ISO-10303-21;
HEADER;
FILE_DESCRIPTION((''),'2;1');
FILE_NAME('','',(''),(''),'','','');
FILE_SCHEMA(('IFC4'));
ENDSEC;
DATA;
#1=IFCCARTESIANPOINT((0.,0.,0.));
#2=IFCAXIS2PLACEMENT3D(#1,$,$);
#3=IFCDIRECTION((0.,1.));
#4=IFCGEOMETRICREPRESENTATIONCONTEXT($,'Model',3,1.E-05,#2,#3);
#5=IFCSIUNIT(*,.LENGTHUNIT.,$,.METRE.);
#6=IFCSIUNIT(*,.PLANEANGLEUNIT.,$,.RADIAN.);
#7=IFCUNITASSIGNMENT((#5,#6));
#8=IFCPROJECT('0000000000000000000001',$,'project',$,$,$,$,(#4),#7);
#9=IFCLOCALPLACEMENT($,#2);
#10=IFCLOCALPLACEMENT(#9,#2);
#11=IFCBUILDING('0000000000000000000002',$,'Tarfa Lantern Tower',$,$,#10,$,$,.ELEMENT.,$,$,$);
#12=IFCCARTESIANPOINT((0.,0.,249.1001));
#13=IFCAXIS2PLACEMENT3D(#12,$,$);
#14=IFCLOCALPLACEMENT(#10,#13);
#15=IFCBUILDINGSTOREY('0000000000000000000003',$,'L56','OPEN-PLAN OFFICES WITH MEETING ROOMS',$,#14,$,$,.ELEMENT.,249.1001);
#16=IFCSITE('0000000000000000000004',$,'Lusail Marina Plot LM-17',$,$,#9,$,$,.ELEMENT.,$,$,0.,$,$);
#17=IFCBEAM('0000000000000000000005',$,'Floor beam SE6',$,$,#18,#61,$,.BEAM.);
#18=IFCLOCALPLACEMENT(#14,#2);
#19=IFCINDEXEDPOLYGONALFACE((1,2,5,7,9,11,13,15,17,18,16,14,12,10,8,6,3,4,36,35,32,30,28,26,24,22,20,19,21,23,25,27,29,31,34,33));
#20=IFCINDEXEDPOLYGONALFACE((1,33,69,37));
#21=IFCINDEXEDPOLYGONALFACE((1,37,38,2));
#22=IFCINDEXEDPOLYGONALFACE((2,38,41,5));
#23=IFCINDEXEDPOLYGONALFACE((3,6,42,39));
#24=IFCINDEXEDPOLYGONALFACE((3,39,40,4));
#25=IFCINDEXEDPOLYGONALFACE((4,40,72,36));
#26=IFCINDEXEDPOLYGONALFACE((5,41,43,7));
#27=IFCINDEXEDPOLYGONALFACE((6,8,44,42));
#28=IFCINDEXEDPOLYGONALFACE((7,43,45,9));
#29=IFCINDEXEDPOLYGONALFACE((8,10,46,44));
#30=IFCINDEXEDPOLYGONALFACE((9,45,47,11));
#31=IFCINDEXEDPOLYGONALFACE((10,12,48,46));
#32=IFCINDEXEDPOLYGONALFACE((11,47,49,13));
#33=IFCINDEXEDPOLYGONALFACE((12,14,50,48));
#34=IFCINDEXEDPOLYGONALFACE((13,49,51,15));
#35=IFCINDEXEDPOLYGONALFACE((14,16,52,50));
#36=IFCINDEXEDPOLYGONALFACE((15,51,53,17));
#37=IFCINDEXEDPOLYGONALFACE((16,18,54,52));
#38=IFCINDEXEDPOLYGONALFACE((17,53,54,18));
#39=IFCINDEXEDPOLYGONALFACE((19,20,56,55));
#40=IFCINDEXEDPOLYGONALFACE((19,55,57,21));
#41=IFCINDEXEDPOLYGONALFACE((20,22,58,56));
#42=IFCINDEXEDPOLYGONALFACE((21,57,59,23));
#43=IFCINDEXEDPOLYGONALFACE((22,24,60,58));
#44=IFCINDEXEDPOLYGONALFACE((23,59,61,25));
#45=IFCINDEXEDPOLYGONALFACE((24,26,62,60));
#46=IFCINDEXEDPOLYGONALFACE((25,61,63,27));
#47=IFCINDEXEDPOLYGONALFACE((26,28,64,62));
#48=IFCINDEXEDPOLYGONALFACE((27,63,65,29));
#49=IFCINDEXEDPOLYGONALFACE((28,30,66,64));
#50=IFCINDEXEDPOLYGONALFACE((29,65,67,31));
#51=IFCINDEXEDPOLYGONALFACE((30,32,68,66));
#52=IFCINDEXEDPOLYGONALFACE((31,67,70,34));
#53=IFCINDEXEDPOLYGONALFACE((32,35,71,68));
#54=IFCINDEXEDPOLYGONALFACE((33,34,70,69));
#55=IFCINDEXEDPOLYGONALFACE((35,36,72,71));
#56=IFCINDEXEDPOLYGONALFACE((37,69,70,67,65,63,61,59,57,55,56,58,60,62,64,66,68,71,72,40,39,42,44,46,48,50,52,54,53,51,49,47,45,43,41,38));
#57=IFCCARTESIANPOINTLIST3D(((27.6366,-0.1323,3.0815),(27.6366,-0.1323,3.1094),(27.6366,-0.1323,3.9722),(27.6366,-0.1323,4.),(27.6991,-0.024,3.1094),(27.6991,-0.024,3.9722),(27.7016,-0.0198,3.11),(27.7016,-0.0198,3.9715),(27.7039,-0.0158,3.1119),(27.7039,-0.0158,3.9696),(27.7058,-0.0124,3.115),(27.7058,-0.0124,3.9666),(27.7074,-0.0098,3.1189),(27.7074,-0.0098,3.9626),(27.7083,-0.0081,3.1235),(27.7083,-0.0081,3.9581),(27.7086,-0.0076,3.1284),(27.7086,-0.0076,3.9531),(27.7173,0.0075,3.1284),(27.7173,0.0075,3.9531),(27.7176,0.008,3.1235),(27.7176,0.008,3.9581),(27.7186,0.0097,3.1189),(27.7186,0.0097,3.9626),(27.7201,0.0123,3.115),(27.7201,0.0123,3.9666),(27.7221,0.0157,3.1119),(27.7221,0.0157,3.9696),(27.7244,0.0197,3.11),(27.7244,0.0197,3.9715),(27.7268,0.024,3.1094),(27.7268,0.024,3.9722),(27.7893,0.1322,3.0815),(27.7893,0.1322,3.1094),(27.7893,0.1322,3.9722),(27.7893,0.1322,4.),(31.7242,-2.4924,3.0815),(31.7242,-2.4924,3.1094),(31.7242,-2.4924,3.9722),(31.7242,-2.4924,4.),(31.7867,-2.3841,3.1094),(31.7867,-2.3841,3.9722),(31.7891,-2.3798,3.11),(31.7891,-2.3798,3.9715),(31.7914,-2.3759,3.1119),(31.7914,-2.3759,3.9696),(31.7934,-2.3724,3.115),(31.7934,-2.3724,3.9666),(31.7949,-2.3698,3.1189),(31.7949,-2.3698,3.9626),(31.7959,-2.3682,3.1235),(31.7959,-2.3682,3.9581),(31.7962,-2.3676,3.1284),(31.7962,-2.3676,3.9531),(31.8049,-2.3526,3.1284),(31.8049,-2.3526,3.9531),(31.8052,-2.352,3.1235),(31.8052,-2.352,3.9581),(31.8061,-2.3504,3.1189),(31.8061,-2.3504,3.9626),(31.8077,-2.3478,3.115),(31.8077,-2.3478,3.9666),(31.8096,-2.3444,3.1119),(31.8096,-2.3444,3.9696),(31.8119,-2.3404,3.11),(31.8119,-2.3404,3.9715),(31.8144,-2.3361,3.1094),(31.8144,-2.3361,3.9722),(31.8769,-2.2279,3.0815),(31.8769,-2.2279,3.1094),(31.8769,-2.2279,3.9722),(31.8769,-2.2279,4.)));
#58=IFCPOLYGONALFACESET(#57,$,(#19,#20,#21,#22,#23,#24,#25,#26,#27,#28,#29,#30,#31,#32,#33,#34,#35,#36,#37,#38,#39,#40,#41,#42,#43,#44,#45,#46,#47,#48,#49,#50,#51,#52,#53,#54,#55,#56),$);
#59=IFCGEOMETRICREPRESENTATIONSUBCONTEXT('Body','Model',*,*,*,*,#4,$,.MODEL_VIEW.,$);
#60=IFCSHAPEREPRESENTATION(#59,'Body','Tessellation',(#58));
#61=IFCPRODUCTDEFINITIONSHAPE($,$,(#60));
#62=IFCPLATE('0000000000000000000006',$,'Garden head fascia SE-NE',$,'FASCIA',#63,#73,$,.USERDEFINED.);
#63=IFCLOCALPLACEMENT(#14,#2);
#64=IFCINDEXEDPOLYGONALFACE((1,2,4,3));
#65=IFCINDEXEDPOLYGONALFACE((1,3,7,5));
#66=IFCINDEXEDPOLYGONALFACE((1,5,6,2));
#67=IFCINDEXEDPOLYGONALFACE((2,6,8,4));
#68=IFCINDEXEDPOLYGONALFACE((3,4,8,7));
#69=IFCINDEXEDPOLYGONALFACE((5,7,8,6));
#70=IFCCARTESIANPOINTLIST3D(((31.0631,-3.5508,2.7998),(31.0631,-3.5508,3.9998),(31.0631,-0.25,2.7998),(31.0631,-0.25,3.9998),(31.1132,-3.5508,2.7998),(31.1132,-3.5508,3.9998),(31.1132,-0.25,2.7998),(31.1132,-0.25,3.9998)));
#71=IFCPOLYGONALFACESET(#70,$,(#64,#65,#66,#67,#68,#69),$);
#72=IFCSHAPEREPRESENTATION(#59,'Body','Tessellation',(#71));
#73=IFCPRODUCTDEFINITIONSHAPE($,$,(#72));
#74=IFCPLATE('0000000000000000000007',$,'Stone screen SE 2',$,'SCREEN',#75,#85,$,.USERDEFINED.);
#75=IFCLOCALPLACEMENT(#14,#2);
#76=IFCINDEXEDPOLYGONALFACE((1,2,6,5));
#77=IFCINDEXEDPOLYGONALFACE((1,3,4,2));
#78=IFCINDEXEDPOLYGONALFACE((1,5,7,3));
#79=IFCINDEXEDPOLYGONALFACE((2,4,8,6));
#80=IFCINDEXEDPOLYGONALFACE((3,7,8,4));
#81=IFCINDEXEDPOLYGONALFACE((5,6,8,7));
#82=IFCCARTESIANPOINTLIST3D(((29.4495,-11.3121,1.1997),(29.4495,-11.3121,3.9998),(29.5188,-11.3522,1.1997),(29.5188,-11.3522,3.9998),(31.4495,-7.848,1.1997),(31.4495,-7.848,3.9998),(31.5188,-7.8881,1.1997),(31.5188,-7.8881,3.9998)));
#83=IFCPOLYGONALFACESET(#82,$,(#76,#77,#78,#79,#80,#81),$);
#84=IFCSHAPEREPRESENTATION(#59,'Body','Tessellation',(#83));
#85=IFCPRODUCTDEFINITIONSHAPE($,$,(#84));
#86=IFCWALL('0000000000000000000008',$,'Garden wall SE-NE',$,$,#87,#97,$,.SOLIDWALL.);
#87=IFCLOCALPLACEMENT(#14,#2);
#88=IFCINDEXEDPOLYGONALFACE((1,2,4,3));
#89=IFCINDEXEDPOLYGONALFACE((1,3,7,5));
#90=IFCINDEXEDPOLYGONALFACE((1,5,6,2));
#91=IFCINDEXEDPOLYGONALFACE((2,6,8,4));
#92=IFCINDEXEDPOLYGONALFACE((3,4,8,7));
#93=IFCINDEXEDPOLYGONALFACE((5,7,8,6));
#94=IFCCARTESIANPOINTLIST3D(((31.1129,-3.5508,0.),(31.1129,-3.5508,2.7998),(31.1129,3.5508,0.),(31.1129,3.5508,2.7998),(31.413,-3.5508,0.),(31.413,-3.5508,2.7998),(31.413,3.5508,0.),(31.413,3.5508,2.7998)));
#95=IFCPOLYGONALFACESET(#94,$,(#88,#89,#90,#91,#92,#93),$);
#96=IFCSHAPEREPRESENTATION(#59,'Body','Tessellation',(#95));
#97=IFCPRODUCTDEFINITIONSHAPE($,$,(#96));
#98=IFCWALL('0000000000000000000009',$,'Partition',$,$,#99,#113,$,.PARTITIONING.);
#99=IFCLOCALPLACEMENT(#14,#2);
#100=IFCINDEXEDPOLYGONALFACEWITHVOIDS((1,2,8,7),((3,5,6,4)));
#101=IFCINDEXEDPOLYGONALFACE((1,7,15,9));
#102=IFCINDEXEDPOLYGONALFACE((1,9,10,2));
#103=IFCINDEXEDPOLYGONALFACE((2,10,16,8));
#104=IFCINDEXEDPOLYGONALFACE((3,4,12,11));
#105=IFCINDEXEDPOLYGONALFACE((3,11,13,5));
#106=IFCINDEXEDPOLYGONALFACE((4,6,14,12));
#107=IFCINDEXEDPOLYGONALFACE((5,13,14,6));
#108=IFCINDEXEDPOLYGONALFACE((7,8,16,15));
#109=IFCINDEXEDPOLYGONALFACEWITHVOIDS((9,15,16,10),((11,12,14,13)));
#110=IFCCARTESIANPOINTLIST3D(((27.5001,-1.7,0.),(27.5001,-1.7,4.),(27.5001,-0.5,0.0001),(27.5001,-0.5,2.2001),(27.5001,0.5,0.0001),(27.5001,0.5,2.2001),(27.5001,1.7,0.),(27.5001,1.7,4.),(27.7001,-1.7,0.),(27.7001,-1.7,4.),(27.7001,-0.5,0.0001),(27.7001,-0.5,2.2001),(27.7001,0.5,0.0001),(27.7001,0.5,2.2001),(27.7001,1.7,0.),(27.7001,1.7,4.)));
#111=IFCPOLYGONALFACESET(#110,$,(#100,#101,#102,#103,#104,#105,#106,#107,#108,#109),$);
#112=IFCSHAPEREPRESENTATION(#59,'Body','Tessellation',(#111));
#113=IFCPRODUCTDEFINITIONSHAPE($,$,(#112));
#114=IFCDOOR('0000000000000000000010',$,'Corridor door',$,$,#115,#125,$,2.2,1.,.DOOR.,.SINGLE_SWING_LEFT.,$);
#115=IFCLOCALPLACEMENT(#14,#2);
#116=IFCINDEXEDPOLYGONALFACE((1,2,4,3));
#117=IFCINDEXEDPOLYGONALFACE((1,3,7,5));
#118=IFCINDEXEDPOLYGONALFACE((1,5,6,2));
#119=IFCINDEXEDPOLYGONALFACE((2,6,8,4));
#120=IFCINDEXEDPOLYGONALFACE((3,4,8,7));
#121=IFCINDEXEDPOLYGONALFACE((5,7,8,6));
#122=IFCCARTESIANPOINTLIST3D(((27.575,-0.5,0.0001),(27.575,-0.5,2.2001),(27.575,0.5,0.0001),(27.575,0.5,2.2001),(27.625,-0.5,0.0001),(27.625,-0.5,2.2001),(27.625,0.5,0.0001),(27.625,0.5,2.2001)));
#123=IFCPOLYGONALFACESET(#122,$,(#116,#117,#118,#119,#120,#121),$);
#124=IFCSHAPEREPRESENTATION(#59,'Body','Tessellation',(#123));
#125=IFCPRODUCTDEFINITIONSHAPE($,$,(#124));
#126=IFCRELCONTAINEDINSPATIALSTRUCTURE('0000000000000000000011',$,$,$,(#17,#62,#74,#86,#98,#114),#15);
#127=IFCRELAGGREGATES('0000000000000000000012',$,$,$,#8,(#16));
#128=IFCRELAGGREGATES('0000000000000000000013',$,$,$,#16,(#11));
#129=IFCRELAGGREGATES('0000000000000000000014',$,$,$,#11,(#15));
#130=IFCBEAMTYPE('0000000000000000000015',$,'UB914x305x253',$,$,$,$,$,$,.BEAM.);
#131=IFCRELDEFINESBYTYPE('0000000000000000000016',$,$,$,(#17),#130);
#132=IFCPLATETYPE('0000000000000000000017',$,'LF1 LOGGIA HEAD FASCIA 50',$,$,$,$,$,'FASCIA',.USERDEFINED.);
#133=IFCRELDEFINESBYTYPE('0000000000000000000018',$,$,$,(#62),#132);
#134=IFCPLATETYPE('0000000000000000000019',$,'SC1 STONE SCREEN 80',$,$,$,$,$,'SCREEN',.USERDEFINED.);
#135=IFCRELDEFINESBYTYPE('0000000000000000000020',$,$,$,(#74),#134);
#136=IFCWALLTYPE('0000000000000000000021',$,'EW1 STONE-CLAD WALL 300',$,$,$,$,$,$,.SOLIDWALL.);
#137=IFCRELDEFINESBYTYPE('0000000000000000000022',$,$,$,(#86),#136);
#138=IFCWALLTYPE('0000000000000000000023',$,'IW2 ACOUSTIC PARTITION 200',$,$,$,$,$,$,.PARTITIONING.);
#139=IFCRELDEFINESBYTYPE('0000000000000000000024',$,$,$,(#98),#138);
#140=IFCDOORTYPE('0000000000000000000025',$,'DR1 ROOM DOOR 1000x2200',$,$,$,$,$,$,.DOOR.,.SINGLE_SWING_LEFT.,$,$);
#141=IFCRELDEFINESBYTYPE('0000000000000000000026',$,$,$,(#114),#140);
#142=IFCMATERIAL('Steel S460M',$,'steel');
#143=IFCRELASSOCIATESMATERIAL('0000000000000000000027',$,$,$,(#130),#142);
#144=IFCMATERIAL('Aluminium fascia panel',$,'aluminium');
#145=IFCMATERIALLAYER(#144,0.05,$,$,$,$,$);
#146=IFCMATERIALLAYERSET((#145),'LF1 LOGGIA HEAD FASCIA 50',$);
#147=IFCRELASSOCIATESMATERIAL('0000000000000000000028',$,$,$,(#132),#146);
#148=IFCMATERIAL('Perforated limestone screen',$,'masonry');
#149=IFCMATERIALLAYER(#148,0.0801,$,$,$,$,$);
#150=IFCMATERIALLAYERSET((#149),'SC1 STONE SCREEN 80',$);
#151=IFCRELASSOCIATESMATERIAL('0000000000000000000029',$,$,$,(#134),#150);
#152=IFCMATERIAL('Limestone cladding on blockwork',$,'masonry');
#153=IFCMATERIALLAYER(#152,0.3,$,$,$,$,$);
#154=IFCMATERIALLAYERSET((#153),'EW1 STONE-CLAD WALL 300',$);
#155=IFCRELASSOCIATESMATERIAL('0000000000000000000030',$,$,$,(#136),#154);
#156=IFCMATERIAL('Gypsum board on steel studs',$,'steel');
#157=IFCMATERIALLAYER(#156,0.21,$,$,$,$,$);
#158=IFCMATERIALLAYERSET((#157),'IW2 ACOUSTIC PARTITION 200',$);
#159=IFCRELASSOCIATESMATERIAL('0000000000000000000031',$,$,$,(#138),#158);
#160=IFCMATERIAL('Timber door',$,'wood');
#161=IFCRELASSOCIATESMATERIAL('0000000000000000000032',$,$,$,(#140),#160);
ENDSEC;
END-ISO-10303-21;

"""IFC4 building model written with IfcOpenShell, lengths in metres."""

from ifc_helpers import new_model, si_unit, direction, frame, frame_2d, origin, origin_2d, place, context, subcontext, project, spatial, rectangle, i_section, extrude, material, layer, layer_set, material_profile, profile_set, type_object, element, fill, save


model = new_model("IFC4")

# Units and contexts
model_context = context("Model", 3, precision=1e-05, world=origin(), true_north=direction((0.0, 1.0)))
body_context = subcontext(model_context, "Body", "Model", "MODEL_VIEW")
ifc_project = project(units=[si_unit("LENGTHUNIT", "METRE"), si_unit("PLANEANGLEUNIT", "RADIAN")], contexts=[model_context])

# Site, building, storey
site_placement = place(None, origin())
site = spatial("IfcSite", under=ifc_project, at=site_placement, Name="Lusail Marina Plot LM-17", CompositionType="ELEMENT", RefElevation=0.0)
building_placement = place(site_placement, origin())
building = spatial("IfcBuilding", under=site, at=building_placement, Name="Tarfa Lantern Tower", CompositionType="ELEMENT")
storey_placement = place(building_placement, frame((0.0, 0.0, 249.1001)))
storey = spatial("IfcBuildingStorey", under=building, at=storey_placement, Name="L56", Description="OPEN-PLAN OFFICES WITH MEETING ROOMS", CompositionType="ELEMENT", Elevation=249.1001)

# Beam
ifc_material_1 = material(Name="Steel S460M", Category="steel")
ifc_material_profile_1 = material_profile(ifc_material_1, i_section(OverallWidth=0.3054, OverallDepth=0.9185, WebThickness=0.0173, FlangeThickness=0.0278, FilletRadius=0.019, at=origin_2d()), Name="UB914x305x253")
ifc_profile_set_1 = profile_set([ifc_material_profile_1], Name="Steel S460M")
beam_type_1 = type_object("IfcBeamType", Name="UB914x305x253", PredefinedType="BEAM", material=ifc_profile_set_1)
beam_1_placement = place(storey_placement, frame((31.8005, -2.3601, 3.5408), z_axis=(-0.866016, 0.500016, 0.0), x_axis=(-0.500016, -0.866016, 0.0)))
element("IfcBeam", 1, at=beam_1_placement, inside=storey, type_object=beam_type_1, Name="Floor beam SE6", PredefinedType="BEAM", context=body_context, shape_type="SweptSolid", body=[
    extrude(i_section(OverallWidth=0.3054, OverallDepth=0.9185, WebThickness=0.0173, FlangeThickness=0.0278, FilletRadius=0.019, at=origin_2d()), origin(), (0.0, 0.0, 1.0), 4.72),
])

# Plates
ifc_material_2 = material(Name="Aluminium fascia panel", Category="aluminium")
ifc_layer_1 = layer(ifc_material_2, 0.05)
ifc_layer_set_1 = layer_set([ifc_layer_1], Name="LF1 LOGGIA HEAD FASCIA 50")
plate_type_1 = type_object("IfcPlateType", Name="LF1 LOGGIA HEAD FASCIA 50", ElementType="FASCIA", PredefinedType="USERDEFINED", material=ifc_layer_set_1)
plate_1_placement = place(storey_placement, frame((31.0881, -1.9004, 2.7998), z_axis=(0.0, 0.0, 1.0), x_axis=(0.0, 1.0, 0.0)))
element("IfcPlate", 2, at=plate_1_placement, inside=storey, type_object=plate_type_1, Name="Garden head fascia SE-NE", ObjectType="FASCIA", PredefinedType="USERDEFINED", context=body_context, shape_type="SweptSolid", body=[
    extrude(rectangle(XDim=3.3008, YDim=0.05, at=origin_2d()), origin(), (0.0, 0.0, 1.0), 1.2),
])
ifc_material_3 = material(Name="Perforated limestone screen", Category="masonry")
ifc_layer_2 = layer(ifc_material_3, 0.0801)
ifc_layer_set_2 = layer_set([ifc_layer_2], Name="SC1 STONE SCREEN 80")
plate_type_2 = type_object("IfcPlateType", Name="SC1 STONE SCREEN 80", ElementType="SCREEN", PredefinedType="USERDEFINED", material=ifc_layer_set_2)
plate_2_placement = place(storey_placement, frame((30.4841, -9.6001, 1.1997), z_axis=(0.0, 0.0, 1.0), x_axis=(0.5, 0.866025, 0.0)))
element("IfcPlate", 3, at=plate_2_placement, inside=storey, type_object=plate_type_2, Name="Stone screen SE 2", ObjectType="SCREEN", PredefinedType="USERDEFINED", context=body_context, shape_type="SweptSolid", body=[
    extrude(rectangle(XDim=4.0, YDim=0.0801, at=origin_2d()), origin(), (0.0, 0.0, 1.0), 2.8),
])

# Wall
ifc_material_4 = material(Name="Limestone cladding on blockwork", Category="masonry")
ifc_layer_3 = layer(ifc_material_4, 0.3)
ifc_layer_set_3 = layer_set([ifc_layer_3], Name="EW1 STONE-CLAD WALL 300")
wall_type_1 = type_object("IfcWallType", Name="EW1 STONE-CLAD WALL 300", PredefinedType="SOLIDWALL", material=ifc_layer_set_3)
wall_1_placement = place(storey_placement, frame((31.2629, -3.5508, 0.0), z_axis=(0.0, 0.0, 1.0), x_axis=(0.0, 1.0, 0.0)))
element("IfcWall", 4, at=wall_1_placement, inside=storey, type_object=wall_type_1, Name="Garden wall SE-NE", PredefinedType="SOLIDWALL", context=body_context, shape_type="SweptSolid", body=[
    extrude(rectangle(XDim=7.1016, YDim=0.3, at=frame_2d((3.5508, 0.0))), origin(), (0.0, 0.0, 1.0), 2.7998),
])

# Wall, opening, door
ifc_material_5 = material(Name="Gypsum board on steel studs", Category="steel")
ifc_layer_4 = layer(ifc_material_5, 0.21)
ifc_layer_set_4 = layer_set([ifc_layer_4], Name="IW2 ACOUSTIC PARTITION 200")
wall_type_2 = type_object("IfcWallType", Name="IW2 ACOUSTIC PARTITION 200", PredefinedType="PARTITIONING", material=ifc_layer_set_4)
wall_2_placement = place(storey_placement, frame((27.6001, -1.7, 0.0), z_axis=(0.0, 0.0, 1.0), x_axis=(0.0, 1.0, 0.0)))
wall_2 = element("IfcWall", 5, at=wall_2_placement, inside=storey, type_object=wall_type_2, Name="Partition", PredefinedType="PARTITIONING", context=body_context, shape_type="SweptSolid", body=[
    extrude(rectangle(XDim=3.3999, YDim=0.2, at=frame_2d((1.7, 0.0))), origin(), (0.0, 0.0, 1.0), 4.0),
])
opening_placement = place(wall_2_placement, frame((1.2, 0.0, 0.0)))
opening = element("IfcOpeningElement", 6, at=opening_placement, cuts=wall_2, PredefinedType="OPENING", context=body_context, shape_type="SweptSolid", body=[
    extrude(rectangle(XDim=1.0, YDim=2.2, at=frame_2d((0.5, 1.1001))), frame((0.0, 0.1099, 0.0), z_axis=(0.0, -1.0, 0.0), x_axis=(1.0, 0.0, 0.0)), (0.0, 0.0, 1.0), 0.22),
])
ifc_material_6 = material(Name="Timber door", Category="wood")
door_type = type_object("IfcDoorType", Name="DR1 ROOM DOOR 1000x2200", OperationType="SINGLE_SWING_LEFT", PredefinedType="DOOR", material=ifc_material_6)
door_placement = place(opening_placement, frame((1.0, 0.0, 0.0), z_axis=(0.0, 0.0, 1.0), x_axis=(-1.0, 0.0, 0.0)))
door = element("IfcDoor", 7, at=door_placement, inside=storey, type_object=door_type, Name="Corridor door", OperationType="SINGLE_SWING_LEFT", OverallHeight=2.2, OverallWidth=1.0, PredefinedType="DOOR", context=body_context, shape_type="SweptSolid", body=[
    extrude(rectangle(XDim=1.0, YDim=2.2, at=frame_2d((0.5, 1.1001))), frame((0.0, 0.0249, 0.0), z_axis=(0.0, -1.0, 0.0), x_axis=(1.0, 0.0, 0.0)), (0.0, 0.0, 1.0), 0.05),
])
fill(opening, door)

save(model, "model.ifc")
